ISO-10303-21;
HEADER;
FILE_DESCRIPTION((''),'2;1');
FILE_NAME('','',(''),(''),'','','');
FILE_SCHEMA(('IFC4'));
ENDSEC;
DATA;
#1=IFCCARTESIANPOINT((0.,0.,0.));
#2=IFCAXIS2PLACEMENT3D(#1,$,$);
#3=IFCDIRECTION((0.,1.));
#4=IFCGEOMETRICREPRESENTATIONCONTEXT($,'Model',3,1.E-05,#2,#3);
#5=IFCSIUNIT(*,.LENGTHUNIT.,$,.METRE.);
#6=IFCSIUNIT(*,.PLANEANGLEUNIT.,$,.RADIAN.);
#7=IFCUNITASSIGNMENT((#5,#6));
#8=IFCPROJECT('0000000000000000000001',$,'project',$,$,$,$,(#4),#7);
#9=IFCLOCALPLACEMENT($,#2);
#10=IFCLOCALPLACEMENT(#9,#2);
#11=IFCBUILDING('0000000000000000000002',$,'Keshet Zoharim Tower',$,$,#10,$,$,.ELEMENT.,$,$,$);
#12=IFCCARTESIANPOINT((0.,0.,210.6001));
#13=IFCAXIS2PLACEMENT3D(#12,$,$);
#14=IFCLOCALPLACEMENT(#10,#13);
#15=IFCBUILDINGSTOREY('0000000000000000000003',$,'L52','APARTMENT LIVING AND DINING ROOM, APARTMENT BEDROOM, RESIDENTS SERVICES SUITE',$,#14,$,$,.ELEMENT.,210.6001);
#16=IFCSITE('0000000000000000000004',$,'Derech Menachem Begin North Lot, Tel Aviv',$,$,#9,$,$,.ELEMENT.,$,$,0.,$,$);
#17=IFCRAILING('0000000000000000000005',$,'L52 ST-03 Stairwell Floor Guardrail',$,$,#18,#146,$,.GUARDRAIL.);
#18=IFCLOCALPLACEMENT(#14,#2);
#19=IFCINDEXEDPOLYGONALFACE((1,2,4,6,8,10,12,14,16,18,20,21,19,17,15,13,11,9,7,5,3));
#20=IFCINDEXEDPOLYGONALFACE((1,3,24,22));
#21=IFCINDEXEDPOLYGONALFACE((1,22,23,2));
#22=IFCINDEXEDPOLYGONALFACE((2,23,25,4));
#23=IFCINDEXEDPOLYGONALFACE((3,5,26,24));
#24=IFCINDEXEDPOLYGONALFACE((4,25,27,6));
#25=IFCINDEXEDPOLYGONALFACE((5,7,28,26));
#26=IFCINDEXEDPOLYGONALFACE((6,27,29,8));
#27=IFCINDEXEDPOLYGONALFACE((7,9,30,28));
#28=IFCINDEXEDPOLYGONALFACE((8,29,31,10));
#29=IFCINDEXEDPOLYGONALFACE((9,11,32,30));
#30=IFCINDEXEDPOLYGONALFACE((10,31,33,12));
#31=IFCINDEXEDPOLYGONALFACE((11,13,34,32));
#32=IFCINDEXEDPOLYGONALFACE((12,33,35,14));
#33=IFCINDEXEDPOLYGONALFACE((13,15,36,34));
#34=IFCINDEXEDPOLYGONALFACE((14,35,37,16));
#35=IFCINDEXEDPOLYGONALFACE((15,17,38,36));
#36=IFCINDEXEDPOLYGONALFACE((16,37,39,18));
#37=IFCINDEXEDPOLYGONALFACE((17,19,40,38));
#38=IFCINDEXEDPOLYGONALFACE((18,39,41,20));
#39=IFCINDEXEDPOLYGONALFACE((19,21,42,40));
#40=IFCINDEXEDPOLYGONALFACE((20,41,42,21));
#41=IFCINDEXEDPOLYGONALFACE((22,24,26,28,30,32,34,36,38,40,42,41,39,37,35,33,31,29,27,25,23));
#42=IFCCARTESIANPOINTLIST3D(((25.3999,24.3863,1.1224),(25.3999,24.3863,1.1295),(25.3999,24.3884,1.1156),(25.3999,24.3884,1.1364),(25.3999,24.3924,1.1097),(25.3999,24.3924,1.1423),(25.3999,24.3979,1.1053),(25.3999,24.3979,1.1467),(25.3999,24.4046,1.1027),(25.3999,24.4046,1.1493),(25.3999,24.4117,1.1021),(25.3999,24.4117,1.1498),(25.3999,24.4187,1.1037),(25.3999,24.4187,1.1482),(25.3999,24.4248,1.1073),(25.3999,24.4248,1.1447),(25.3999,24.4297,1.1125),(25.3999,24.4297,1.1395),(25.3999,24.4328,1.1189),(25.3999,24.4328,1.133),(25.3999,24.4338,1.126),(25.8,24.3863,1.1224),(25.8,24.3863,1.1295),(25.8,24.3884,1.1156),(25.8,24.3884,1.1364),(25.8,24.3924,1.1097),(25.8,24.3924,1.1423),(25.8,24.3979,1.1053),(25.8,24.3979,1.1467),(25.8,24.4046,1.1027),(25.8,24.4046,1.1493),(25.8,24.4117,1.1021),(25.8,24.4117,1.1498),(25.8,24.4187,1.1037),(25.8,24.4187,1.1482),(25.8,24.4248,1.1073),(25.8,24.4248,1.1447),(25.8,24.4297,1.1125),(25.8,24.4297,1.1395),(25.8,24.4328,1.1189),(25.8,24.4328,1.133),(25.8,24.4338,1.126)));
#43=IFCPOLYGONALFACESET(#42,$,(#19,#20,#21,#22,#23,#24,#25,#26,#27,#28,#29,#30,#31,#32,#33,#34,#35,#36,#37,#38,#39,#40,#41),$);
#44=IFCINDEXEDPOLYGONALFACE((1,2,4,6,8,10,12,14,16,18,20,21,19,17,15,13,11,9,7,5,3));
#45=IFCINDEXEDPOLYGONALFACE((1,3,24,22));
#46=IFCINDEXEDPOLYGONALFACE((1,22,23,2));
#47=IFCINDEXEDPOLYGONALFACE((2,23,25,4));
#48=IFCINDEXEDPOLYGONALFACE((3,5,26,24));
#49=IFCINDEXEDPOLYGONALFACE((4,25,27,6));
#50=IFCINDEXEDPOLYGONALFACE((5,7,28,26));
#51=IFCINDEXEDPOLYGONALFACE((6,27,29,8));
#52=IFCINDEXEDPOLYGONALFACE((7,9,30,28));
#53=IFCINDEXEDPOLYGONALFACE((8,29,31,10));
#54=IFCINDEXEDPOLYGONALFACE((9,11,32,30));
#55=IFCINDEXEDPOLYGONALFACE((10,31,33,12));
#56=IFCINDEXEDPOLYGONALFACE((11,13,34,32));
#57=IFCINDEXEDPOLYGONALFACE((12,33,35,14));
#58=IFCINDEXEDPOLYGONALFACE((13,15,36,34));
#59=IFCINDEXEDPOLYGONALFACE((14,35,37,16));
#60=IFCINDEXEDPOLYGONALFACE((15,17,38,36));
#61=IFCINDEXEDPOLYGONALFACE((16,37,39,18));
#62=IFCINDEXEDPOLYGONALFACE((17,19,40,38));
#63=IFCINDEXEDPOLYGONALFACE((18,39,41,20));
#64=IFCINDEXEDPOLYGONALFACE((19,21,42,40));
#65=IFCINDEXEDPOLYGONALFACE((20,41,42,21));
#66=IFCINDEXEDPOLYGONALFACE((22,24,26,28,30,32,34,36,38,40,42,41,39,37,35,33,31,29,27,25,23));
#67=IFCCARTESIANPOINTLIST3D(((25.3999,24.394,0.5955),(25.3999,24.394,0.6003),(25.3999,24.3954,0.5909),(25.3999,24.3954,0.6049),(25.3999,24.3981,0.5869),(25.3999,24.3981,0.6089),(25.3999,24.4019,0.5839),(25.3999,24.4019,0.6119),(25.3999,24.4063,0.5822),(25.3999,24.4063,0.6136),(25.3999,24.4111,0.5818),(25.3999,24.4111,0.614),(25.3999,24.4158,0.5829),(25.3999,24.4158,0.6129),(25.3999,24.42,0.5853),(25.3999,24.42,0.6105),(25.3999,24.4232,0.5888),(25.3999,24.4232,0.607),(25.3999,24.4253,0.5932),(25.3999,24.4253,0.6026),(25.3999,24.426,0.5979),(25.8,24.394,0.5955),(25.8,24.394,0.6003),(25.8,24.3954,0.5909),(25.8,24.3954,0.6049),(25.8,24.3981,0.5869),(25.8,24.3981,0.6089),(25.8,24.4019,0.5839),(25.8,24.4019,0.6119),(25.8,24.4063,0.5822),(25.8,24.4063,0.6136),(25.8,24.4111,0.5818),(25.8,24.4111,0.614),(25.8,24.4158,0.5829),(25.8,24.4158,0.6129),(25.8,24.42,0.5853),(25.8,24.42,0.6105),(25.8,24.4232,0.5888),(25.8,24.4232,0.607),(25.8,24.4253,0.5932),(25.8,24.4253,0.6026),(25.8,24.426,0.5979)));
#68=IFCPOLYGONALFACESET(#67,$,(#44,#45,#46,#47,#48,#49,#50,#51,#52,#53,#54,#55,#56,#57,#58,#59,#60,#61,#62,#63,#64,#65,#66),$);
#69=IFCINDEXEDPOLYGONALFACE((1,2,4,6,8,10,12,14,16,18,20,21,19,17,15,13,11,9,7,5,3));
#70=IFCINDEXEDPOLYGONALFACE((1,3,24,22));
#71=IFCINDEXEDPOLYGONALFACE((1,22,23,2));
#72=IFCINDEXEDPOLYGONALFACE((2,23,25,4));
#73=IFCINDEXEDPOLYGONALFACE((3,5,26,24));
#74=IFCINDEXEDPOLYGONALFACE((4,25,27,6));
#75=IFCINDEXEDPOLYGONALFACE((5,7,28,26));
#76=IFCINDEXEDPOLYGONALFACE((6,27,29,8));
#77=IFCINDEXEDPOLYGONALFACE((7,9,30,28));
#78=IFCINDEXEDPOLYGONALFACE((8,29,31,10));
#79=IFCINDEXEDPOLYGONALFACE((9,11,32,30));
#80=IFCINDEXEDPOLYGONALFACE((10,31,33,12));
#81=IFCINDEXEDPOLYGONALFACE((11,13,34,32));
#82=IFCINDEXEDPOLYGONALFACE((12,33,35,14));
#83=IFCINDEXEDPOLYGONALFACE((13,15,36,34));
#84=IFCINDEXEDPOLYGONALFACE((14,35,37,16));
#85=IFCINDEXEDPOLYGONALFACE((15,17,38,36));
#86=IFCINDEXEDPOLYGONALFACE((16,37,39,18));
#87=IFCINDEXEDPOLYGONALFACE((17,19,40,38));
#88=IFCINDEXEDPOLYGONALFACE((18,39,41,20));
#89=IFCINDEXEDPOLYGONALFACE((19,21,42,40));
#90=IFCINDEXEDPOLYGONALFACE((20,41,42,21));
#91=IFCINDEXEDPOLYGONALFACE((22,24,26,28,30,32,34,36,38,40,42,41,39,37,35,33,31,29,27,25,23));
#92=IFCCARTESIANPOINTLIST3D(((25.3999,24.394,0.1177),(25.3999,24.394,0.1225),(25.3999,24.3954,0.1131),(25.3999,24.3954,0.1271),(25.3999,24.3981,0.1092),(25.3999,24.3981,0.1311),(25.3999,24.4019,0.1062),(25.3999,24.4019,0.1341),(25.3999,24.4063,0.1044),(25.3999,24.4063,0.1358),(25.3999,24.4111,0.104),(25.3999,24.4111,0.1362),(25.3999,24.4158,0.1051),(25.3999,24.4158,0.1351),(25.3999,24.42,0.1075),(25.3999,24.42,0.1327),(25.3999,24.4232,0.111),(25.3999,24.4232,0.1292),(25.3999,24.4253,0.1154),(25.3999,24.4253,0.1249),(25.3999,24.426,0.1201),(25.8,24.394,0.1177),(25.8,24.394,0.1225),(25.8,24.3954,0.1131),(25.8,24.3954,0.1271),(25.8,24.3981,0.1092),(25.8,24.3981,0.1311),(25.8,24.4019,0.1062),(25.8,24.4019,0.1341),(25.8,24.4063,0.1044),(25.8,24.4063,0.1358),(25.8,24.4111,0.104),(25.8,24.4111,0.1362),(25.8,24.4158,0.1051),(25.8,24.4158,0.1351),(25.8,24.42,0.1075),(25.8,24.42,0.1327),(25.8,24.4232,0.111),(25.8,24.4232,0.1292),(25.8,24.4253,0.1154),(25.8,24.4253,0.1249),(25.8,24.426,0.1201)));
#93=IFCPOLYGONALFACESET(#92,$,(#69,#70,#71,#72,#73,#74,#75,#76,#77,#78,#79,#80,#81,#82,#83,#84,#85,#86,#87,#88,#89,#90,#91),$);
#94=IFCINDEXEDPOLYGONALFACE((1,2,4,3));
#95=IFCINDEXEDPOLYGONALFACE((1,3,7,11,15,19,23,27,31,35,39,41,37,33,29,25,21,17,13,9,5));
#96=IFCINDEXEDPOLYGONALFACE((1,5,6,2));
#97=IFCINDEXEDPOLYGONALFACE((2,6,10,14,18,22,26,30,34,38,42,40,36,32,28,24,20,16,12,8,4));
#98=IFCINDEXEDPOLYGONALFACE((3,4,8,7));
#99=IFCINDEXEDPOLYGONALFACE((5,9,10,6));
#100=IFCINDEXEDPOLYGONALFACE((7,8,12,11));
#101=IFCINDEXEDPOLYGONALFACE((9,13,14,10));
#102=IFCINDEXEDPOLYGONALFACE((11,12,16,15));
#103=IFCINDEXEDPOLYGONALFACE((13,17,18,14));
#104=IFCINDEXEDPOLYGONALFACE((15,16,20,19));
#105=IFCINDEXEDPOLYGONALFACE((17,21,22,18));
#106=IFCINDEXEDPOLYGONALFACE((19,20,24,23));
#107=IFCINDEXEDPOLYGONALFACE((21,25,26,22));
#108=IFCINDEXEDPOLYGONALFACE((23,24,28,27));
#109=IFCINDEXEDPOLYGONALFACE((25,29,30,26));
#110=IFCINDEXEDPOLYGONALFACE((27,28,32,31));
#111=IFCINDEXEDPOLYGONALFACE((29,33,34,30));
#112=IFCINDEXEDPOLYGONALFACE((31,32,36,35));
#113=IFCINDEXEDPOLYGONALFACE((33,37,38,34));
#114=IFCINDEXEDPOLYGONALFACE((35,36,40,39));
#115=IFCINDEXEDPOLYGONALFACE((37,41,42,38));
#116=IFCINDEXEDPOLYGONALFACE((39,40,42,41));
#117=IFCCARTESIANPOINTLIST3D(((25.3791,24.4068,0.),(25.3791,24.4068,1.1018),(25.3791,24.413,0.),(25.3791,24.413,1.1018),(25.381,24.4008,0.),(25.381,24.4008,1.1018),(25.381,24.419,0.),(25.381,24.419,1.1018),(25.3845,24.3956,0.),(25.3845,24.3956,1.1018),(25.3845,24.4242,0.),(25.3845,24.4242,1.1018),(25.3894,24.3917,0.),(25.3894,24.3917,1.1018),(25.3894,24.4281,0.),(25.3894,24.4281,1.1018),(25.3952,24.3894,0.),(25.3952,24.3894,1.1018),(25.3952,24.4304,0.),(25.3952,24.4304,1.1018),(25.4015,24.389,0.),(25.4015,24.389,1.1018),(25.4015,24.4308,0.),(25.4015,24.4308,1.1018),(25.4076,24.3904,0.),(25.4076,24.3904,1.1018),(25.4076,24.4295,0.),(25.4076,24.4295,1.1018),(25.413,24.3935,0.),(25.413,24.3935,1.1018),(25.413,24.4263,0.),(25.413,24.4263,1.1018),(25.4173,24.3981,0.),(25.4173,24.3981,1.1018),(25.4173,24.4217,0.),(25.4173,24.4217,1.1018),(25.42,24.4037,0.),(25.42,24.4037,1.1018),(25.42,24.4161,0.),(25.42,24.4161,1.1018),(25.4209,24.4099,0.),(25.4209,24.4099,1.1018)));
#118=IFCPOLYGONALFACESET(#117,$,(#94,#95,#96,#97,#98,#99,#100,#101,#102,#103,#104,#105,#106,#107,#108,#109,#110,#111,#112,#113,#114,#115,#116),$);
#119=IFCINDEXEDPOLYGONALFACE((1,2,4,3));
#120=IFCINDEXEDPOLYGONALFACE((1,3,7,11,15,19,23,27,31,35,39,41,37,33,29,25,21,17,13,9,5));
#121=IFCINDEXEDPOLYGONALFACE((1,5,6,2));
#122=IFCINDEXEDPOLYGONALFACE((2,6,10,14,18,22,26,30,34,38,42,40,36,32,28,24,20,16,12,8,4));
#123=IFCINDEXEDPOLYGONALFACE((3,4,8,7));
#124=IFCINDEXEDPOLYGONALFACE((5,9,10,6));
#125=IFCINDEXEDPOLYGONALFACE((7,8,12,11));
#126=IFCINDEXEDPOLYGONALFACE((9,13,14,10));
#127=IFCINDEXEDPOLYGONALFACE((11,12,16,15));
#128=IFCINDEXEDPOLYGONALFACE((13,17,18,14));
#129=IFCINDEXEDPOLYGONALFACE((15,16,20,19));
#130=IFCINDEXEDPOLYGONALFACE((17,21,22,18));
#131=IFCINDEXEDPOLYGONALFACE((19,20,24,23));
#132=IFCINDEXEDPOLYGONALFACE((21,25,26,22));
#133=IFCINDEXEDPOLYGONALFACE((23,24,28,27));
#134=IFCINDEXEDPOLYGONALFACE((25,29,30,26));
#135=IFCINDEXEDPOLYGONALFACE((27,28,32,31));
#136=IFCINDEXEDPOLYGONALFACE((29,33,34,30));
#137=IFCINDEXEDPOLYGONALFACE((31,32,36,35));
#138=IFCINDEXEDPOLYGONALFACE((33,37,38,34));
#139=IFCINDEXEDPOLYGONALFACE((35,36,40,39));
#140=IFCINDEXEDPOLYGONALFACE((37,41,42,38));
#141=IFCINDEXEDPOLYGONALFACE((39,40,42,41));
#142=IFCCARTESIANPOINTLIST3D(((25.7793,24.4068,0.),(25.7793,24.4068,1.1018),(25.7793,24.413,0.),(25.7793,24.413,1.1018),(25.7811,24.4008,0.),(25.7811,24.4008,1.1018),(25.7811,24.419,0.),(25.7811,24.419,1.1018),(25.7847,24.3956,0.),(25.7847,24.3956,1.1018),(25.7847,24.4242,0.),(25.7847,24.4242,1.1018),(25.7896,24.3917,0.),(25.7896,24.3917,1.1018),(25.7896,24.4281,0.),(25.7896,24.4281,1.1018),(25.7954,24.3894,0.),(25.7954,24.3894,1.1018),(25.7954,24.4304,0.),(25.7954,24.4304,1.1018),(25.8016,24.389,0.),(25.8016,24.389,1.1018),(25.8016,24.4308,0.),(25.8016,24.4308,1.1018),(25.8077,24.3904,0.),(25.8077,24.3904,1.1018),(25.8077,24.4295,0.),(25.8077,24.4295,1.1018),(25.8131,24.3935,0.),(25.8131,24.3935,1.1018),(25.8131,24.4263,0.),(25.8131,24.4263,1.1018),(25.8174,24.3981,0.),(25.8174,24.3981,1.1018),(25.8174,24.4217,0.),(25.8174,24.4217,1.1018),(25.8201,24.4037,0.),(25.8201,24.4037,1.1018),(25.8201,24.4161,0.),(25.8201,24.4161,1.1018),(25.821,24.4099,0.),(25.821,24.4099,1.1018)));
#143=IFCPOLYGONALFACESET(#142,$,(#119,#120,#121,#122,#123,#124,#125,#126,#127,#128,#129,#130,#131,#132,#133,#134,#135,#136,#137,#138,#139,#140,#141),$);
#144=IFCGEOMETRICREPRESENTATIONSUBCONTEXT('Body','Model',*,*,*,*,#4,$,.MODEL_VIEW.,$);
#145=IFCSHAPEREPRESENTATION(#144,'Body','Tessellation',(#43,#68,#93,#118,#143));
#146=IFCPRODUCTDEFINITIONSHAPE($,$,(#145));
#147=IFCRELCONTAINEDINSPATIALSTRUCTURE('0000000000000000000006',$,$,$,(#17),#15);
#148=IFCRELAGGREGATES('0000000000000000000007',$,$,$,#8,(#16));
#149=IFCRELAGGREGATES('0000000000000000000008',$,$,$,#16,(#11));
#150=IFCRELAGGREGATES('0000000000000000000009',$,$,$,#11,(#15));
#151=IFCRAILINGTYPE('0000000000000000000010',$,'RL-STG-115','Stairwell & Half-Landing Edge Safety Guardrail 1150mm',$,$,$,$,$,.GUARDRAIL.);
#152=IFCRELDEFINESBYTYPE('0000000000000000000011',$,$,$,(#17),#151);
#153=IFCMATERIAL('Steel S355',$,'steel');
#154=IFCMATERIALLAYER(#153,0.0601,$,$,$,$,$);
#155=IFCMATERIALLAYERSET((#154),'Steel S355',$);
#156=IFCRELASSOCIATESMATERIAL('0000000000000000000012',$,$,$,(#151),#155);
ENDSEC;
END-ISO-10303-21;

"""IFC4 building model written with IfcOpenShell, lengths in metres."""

from ifc_helpers import new_model, si_unit, direction, frame, origin, origin_2d, place, context, subcontext, project, spatial, circle, extrude, material, layer, layer_set, type_object, element, save


model = new_model("IFC4")

# Units and contexts
model_context = context("Model", 3, precision=1e-05, world=origin(), true_north=direction((0.0, 1.0)))
body_context = subcontext(model_context, "Body", "Model", "MODEL_VIEW")
ifc_project = project(units=[si_unit("LENGTHUNIT", "METRE"), si_unit("PLANEANGLEUNIT", "RADIAN")], contexts=[model_context])

# Site, building, storey
site_placement = place(None, origin())
site = spatial("IfcSite", under=ifc_project, at=site_placement, Name="Derech Menachem Begin North Lot, Tel Aviv", CompositionType="ELEMENT", RefElevation=0.0)
building_placement = place(site_placement, origin())
building = spatial("IfcBuilding", under=site, at=building_placement, Name="Keshet Zoharim Tower", CompositionType="ELEMENT")
storey_placement = place(building_placement, frame((0.0, 0.0, 210.6001)))
storey = spatial("IfcBuildingStorey", under=building, at=storey_placement, Name="L52", Description="APARTMENT LIVING AND DINING ROOM, APARTMENT BEDROOM, RESIDENTS SERVICES SUITE", CompositionType="ELEMENT", Elevation=210.6001)

# Shared definitions
ifc_material_1 = material(Name="Steel S355", Category="steel")

# Railing
ifc_layer_1 = layer(ifc_material_1, 0.0601)
ifc_layer_set_1 = layer_set([ifc_layer_1], Name="Steel S355")
railing_type_1 = type_object("IfcRailingType", Name="RL-STG-115", Description="Stairwell & Half-Landing Edge Safety Guardrail 1150mm", PredefinedType="GUARDRAIL", material=ifc_layer_set_1)
railing_1_placement = place(storey_placement, frame((25.3999, 24.4099, 0.0)))
element("IfcRailing", 1, at=railing_1_placement, inside=storey, type_object=railing_type_1, Name="L52 ST-03 Stairwell Floor Guardrail", PredefinedType="GUARDRAIL", context=body_context, shape_type="SweptSolid", body=[
    extrude(circle(Radius=0.0239, at=origin_2d()), frame((0.0, 0.0, 1.126), z_axis=(1.0, 0.0, 0.0), x_axis=(0.0, 1.0, 0.0)), (0.0, 0.0, 1.0), 0.4001),
    extrude(circle(Radius=0.0161, at=origin_2d()), frame((0.0, 0.0, 0.5979), z_axis=(1.0, 0.0, 0.0), x_axis=(0.0, 1.0, 0.0)), (0.0, 0.0, 1.0), 0.4001),
    extrude(circle(Radius=0.0161, at=origin_2d()), frame((0.0, 0.0, 0.1201), z_axis=(1.0, 0.0, 0.0), x_axis=(0.0, 1.0, 0.0)), (0.0, 0.0, 1.0), 0.4001),
    extrude(circle(Radius=0.021, at=origin_2d()), origin(), (0.0, 0.0, 1.0), 1.1018),
    extrude(circle(Radius=0.021, at=origin_2d()), frame((0.4001, 0.0, 0.0)), (0.0, 0.0, 1.0), 1.1018),
])

save(model, "model.ifc")
